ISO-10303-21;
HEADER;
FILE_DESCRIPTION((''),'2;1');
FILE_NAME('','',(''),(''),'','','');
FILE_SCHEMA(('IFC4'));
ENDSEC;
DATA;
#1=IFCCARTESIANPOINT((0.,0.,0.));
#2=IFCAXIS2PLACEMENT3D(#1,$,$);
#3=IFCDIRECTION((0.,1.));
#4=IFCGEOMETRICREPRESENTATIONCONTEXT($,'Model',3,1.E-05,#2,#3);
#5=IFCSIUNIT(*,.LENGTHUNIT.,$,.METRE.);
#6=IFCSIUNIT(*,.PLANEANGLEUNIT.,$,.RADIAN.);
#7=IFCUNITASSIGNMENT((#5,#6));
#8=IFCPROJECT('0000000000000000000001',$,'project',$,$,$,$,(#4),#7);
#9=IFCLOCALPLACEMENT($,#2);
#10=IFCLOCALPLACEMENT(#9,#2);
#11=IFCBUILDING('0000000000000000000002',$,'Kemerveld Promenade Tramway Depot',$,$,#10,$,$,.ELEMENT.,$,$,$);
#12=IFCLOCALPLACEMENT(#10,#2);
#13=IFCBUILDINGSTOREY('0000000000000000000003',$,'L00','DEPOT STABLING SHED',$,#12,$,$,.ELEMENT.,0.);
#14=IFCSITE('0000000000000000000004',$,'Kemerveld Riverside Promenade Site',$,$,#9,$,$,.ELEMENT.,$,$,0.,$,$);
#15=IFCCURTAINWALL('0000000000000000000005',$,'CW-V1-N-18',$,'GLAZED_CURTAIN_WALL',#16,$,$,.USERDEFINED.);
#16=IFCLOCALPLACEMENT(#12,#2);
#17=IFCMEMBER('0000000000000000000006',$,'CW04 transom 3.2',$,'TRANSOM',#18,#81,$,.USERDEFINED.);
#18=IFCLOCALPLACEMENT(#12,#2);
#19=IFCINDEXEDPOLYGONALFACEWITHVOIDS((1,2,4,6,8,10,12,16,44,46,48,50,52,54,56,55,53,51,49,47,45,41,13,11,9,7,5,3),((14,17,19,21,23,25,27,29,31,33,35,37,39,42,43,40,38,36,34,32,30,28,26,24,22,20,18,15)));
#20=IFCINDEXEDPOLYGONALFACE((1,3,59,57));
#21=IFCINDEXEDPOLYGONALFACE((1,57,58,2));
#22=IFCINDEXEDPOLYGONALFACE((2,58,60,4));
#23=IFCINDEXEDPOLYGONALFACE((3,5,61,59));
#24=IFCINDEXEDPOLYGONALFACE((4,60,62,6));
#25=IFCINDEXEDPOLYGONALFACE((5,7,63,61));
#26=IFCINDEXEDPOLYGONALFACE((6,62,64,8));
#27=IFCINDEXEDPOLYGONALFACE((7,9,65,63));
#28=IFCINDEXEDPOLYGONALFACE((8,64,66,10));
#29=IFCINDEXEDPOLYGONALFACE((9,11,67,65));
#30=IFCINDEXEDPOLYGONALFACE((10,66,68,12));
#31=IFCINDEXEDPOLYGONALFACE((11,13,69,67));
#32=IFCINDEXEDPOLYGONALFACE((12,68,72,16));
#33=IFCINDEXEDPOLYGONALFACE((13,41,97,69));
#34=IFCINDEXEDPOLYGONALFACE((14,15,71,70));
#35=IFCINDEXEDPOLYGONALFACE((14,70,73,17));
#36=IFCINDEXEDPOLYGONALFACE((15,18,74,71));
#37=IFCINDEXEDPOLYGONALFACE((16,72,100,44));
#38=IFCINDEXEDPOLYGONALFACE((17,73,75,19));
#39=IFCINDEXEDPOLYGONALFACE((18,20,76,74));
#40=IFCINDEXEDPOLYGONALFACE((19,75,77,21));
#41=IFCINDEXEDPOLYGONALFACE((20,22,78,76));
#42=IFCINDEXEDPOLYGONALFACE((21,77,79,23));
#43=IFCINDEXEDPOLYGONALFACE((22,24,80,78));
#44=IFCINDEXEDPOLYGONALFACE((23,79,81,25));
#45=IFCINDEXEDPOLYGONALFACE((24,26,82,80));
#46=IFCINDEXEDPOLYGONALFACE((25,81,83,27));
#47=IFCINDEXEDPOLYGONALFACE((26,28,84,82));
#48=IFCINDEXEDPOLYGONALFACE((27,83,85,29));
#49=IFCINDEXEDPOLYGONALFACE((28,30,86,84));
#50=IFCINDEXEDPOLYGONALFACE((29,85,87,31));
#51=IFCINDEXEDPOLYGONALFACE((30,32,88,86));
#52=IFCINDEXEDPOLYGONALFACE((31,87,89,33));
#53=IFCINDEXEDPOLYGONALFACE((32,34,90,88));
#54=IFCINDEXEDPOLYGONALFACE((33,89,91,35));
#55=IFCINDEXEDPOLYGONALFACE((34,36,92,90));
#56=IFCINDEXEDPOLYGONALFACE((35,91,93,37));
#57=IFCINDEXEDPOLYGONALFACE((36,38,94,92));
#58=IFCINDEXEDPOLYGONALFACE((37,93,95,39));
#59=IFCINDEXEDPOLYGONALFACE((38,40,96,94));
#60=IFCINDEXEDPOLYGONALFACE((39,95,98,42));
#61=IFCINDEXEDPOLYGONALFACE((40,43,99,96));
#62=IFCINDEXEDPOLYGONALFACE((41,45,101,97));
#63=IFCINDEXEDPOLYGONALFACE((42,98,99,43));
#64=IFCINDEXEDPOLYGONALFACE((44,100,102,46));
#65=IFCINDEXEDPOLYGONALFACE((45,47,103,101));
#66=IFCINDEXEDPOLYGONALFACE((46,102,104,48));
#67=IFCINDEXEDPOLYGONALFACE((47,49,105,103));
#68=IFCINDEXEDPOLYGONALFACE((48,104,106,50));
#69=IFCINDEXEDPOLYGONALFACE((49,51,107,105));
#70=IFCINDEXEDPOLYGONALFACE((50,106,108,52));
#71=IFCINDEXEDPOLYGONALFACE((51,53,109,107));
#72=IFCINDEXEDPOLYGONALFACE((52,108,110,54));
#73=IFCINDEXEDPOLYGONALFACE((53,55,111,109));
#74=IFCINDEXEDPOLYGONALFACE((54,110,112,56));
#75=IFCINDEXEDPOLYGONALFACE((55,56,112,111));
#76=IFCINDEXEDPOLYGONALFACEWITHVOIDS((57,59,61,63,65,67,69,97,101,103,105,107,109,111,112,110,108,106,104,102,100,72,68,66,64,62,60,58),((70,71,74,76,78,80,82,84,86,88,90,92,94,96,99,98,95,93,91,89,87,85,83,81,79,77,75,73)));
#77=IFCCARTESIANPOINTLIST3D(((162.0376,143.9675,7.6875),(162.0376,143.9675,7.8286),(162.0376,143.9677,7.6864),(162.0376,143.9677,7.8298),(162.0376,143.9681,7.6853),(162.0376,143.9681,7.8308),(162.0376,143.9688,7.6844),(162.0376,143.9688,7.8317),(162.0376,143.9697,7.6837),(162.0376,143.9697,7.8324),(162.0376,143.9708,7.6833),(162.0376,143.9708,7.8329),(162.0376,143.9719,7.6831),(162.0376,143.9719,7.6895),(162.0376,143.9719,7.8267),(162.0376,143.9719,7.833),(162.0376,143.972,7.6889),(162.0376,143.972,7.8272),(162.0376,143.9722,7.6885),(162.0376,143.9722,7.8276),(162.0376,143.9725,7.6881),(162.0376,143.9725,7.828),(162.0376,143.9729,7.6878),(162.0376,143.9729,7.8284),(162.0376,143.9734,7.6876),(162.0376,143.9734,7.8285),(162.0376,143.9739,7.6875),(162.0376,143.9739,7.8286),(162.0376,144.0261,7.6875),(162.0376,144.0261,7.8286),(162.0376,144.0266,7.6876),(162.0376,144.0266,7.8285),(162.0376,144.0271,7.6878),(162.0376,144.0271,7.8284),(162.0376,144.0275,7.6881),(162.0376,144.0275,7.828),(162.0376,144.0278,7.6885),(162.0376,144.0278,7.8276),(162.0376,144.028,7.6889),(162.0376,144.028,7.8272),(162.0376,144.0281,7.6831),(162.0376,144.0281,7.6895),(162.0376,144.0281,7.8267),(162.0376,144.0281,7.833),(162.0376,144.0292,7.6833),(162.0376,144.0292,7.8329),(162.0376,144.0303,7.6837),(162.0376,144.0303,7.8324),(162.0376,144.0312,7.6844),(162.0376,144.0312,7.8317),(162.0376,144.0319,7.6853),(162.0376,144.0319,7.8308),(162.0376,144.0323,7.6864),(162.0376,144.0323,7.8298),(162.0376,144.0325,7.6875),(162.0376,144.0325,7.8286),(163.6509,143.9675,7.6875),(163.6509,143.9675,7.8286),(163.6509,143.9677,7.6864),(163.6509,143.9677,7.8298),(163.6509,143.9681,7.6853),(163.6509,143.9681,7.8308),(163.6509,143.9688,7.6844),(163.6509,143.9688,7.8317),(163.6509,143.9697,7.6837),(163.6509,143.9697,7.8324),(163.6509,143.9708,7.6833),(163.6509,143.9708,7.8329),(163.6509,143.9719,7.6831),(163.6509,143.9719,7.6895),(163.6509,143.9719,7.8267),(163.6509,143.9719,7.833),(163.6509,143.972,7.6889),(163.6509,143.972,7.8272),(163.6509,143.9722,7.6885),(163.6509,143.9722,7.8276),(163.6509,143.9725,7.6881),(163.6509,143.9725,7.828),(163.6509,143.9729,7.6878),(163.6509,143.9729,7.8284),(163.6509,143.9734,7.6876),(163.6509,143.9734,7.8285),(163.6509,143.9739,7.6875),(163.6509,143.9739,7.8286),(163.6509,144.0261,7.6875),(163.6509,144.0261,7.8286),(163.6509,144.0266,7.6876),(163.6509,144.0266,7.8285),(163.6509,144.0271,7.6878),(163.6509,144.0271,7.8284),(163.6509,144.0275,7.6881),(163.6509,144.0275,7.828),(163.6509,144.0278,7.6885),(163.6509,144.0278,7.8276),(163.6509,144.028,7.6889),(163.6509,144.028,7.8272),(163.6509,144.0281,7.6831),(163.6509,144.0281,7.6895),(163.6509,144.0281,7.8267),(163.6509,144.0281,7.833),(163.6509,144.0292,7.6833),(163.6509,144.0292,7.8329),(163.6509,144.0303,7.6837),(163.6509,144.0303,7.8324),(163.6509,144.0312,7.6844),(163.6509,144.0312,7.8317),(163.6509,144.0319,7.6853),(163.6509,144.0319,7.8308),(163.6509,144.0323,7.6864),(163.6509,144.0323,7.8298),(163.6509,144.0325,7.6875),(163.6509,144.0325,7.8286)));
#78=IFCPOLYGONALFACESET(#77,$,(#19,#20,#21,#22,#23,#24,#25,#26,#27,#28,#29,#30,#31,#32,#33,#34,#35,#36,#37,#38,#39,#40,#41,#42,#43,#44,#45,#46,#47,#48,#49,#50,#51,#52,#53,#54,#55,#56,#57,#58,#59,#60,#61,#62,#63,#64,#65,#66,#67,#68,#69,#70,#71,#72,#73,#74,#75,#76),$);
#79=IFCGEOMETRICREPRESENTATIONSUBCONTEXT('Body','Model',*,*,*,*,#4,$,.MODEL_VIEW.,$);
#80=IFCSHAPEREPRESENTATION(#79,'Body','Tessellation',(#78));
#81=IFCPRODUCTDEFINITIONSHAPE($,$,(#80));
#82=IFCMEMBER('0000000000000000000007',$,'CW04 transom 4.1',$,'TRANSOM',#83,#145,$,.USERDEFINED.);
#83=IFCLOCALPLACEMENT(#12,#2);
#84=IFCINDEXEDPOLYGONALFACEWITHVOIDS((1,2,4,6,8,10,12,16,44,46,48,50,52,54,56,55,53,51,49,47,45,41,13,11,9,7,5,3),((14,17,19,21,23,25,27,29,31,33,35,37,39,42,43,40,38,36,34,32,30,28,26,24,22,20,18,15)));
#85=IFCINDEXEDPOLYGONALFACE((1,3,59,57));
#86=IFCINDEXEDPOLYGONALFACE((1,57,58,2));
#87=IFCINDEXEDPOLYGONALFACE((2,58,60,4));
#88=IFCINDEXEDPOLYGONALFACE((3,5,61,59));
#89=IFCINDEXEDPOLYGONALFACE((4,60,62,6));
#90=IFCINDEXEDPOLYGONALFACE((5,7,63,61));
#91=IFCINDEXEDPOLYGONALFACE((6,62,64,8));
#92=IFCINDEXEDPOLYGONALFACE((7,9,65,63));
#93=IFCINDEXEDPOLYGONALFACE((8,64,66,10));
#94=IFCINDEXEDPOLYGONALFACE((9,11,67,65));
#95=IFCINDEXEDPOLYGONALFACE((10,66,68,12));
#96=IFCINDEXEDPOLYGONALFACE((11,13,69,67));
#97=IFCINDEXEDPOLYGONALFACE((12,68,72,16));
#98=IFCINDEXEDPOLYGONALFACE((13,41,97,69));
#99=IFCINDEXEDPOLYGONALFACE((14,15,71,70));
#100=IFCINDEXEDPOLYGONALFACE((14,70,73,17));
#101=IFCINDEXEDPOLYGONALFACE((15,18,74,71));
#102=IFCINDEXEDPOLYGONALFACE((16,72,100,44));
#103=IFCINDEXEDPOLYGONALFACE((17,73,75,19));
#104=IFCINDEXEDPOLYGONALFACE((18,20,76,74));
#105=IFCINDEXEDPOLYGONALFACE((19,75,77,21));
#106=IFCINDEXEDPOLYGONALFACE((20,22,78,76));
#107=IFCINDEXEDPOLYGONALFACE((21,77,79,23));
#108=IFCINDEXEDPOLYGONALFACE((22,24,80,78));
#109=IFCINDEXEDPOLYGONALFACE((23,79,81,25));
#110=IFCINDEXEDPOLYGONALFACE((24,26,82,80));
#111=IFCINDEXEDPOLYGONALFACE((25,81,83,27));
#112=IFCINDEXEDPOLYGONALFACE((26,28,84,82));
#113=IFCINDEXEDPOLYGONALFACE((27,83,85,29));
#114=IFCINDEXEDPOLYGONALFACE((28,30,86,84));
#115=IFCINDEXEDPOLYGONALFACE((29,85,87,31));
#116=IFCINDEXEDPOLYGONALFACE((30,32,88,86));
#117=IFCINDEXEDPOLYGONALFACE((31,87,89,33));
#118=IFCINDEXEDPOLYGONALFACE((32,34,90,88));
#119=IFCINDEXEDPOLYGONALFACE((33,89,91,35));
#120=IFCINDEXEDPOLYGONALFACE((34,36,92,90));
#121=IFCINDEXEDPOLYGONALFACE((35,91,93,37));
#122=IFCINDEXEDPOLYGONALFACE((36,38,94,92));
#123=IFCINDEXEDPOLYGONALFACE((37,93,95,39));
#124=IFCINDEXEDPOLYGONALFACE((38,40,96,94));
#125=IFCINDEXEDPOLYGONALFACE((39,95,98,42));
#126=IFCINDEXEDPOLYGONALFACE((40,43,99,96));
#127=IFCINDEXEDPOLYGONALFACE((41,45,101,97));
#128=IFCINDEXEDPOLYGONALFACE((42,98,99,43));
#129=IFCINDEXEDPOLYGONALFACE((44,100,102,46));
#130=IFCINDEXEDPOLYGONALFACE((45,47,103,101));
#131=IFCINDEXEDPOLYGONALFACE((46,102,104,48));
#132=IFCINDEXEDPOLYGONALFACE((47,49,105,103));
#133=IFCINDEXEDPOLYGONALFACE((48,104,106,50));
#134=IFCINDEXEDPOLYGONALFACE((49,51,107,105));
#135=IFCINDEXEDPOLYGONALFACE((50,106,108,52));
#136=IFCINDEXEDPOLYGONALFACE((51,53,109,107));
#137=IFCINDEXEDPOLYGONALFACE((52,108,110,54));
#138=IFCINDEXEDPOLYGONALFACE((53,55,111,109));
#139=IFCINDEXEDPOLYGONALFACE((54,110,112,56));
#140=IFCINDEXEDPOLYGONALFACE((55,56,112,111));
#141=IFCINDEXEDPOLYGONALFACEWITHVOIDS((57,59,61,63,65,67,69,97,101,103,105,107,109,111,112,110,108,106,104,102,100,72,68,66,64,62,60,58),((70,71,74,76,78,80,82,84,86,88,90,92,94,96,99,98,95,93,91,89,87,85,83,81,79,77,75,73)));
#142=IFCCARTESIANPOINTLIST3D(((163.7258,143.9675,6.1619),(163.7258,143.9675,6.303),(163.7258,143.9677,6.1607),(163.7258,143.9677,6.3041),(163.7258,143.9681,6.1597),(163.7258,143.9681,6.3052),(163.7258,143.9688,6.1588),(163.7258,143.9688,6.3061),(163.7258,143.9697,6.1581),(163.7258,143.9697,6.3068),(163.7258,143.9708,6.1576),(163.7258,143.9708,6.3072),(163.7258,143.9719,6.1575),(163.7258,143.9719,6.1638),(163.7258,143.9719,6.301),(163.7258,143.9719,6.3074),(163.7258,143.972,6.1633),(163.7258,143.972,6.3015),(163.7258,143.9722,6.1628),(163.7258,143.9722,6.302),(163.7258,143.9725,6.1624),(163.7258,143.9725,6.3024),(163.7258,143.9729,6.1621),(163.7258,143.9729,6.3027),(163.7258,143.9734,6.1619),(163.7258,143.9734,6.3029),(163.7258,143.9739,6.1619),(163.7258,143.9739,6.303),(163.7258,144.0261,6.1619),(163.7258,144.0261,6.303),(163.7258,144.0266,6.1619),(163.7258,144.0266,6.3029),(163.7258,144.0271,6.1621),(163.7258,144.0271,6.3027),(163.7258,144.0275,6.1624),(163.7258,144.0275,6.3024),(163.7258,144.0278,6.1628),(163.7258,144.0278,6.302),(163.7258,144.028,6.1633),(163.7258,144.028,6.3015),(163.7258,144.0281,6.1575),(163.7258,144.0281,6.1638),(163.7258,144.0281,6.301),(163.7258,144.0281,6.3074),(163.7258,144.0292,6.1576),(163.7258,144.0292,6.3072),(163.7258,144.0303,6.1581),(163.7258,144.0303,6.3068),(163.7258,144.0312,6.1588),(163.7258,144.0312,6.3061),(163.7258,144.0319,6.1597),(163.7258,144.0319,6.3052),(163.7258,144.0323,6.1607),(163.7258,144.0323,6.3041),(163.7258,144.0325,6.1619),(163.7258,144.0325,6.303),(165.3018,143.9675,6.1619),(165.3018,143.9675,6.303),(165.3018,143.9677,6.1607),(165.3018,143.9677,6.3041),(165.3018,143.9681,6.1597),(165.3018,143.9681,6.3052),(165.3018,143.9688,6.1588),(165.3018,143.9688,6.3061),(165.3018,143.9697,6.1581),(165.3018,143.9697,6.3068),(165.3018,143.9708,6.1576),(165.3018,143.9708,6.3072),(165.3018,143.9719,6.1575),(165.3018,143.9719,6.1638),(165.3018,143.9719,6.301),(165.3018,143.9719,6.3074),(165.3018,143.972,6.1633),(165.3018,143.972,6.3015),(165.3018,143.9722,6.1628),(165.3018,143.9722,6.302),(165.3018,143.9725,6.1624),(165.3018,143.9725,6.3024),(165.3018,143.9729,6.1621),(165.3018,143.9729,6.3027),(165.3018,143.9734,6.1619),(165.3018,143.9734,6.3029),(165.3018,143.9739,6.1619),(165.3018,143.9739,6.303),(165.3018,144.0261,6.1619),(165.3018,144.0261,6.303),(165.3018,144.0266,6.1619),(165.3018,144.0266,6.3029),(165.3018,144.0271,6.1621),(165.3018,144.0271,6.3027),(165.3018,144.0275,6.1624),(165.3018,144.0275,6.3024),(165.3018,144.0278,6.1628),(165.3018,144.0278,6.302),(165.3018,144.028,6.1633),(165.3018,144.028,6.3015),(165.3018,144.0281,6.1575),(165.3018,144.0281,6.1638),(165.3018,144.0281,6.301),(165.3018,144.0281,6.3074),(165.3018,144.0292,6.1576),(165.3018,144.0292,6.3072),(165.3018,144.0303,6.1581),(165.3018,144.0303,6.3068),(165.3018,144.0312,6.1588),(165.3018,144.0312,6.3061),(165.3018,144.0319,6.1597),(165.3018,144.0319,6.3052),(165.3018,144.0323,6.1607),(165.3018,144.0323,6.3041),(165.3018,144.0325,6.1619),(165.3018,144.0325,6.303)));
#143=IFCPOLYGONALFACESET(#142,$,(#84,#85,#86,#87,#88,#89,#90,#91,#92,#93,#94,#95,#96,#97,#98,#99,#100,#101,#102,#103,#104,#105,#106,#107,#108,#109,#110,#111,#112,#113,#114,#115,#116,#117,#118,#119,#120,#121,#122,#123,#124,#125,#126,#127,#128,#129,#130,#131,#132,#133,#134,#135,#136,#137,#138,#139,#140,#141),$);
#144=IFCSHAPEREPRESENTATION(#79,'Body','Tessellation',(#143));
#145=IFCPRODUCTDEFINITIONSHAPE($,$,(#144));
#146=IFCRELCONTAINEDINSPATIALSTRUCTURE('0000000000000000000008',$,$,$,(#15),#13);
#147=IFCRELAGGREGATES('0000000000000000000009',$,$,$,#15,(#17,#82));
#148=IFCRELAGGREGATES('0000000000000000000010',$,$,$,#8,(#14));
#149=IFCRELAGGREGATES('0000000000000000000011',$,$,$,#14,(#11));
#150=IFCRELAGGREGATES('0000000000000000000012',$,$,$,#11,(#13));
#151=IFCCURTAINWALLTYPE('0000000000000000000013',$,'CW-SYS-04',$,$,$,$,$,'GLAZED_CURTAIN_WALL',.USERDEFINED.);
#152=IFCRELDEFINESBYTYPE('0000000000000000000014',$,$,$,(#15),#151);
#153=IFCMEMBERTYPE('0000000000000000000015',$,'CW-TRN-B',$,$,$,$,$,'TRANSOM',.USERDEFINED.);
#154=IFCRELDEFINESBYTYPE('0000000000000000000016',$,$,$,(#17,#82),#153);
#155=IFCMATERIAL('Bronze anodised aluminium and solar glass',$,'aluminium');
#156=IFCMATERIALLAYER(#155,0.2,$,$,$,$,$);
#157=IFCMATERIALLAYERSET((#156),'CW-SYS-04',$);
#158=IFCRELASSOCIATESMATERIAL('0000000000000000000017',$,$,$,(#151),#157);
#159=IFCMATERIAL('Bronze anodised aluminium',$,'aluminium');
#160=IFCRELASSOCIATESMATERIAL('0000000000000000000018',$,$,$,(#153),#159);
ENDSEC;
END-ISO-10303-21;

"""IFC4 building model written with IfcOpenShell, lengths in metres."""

from ifc_helpers import new_model, si_unit, direction, frame, origin, origin_2d, place, context, subcontext, project, spatial, hollow_rectangle, extrude, material, layer, layer_set, material_profile, profile_set, type_object, element, aggregate, save


model = new_model("IFC4")

# Units and contexts
model_context = context("Model", 3, precision=1e-05, world=origin(), true_north=direction((0.0, 1.0)))
body_context = subcontext(model_context, "Body", "Model", "MODEL_VIEW")
ifc_project = project(units=[si_unit("LENGTHUNIT", "METRE"), si_unit("PLANEANGLEUNIT", "RADIAN")], contexts=[model_context])

# Site, building, storey
site_placement = place(None, origin())
site = spatial("IfcSite", under=ifc_project, at=site_placement, Name="Kemerveld Riverside Promenade Site", CompositionType="ELEMENT", RefElevation=0.0)
building_placement = place(site_placement, origin())
building = spatial("IfcBuilding", under=site, at=building_placement, Name="Kemerveld Promenade Tramway Depot", CompositionType="ELEMENT")
storey_placement = place(building_placement, origin())
storey = spatial("IfcBuildingStorey", under=building, at=storey_placement, Name="L00", Description="DEPOT STABLING SHED", CompositionType="ELEMENT", Elevation=0.0)

# Shared definitions
ifc_material_1 = material(Name="Bronze anodised aluminium and solar glass", Category="aluminium")
ifc_material_2 = material(Name="Bronze anodised aluminium", Category="aluminium")

# Curtain wall
ifc_layer_1 = layer(ifc_material_1, 0.2)
ifc_layer_set_1 = layer_set([ifc_layer_1], Name="CW-SYS-04")
curtain_wall_type_1 = type_object("IfcCurtainWallType", Name="CW-SYS-04", ElementType="GLAZED_CURTAIN_WALL", PredefinedType="USERDEFINED", material=ifc_layer_set_1)
curtain_wall_1_placement = place(storey_placement, origin())
curtain_wall_1 = element("IfcCurtainWall", 1, at=curtain_wall_1_placement, inside=storey, type_object=curtain_wall_type_1, Name="CW-V1-N-18", ObjectType="GLAZED_CURTAIN_WALL", PredefinedType="USERDEFINED")

# Members
ifc_material_profile_1 = material_profile(ifc_material_2, hollow_rectangle(XDim=0.0649, YDim=0.1499, WallThickness=0.0044, InnerFilletRadius=0.002, OuterFilletRadius=0.0044, at=origin_2d()), Name="CW-TRN-150x65")
ifc_profile_set_1 = profile_set([ifc_material_profile_1], Name="Bronze anodised aluminium")
member_type_1 = type_object("IfcMemberType", Name="CW-TRN-B", ElementType="TRANSOM", PredefinedType="USERDEFINED", material=ifc_profile_set_1)
member_1_placement = place(storey_placement, frame((162.0376, 144.0, 7.7581), z_axis=(1.0, 0.0, 0.0), x_axis=(0.0, 1.0, 0.0)))
member_1 = element("IfcMember", 2, at=member_1_placement, type_object=member_type_1, Name="CW04 transom 3.2", ObjectType="TRANSOM", PredefinedType="USERDEFINED", context=body_context, shape_type="SweptSolid", body=[
    extrude(hollow_rectangle(XDim=0.0649, YDim=0.1499, WallThickness=0.0044, InnerFilletRadius=0.002, OuterFilletRadius=0.0044, at=origin_2d()), origin(), (0.0, 0.0, 1.0), 1.6133),
])
member_2_placement = place(storey_placement, frame((163.7258, 144.0, 6.2324), z_axis=(1.0, 0.0, 0.0), x_axis=(0.0, 1.0, 0.0)))
member_2 = element("IfcMember", 3, at=member_2_placement, type_object=member_type_1, Name="CW04 transom 4.1", ObjectType="TRANSOM", PredefinedType="USERDEFINED", context=body_context, shape_type="SweptSolid", body=[
    extrude(hollow_rectangle(XDim=0.0649, YDim=0.1499, WallThickness=0.0044, InnerFilletRadius=0.002, OuterFilletRadius=0.0044, at=origin_2d()), origin(), (0.0, 0.0, 1.0), 1.5759),
])

aggregate(curtain_wall_1, [member_1, member_2])

save(model, "model.ifc")
